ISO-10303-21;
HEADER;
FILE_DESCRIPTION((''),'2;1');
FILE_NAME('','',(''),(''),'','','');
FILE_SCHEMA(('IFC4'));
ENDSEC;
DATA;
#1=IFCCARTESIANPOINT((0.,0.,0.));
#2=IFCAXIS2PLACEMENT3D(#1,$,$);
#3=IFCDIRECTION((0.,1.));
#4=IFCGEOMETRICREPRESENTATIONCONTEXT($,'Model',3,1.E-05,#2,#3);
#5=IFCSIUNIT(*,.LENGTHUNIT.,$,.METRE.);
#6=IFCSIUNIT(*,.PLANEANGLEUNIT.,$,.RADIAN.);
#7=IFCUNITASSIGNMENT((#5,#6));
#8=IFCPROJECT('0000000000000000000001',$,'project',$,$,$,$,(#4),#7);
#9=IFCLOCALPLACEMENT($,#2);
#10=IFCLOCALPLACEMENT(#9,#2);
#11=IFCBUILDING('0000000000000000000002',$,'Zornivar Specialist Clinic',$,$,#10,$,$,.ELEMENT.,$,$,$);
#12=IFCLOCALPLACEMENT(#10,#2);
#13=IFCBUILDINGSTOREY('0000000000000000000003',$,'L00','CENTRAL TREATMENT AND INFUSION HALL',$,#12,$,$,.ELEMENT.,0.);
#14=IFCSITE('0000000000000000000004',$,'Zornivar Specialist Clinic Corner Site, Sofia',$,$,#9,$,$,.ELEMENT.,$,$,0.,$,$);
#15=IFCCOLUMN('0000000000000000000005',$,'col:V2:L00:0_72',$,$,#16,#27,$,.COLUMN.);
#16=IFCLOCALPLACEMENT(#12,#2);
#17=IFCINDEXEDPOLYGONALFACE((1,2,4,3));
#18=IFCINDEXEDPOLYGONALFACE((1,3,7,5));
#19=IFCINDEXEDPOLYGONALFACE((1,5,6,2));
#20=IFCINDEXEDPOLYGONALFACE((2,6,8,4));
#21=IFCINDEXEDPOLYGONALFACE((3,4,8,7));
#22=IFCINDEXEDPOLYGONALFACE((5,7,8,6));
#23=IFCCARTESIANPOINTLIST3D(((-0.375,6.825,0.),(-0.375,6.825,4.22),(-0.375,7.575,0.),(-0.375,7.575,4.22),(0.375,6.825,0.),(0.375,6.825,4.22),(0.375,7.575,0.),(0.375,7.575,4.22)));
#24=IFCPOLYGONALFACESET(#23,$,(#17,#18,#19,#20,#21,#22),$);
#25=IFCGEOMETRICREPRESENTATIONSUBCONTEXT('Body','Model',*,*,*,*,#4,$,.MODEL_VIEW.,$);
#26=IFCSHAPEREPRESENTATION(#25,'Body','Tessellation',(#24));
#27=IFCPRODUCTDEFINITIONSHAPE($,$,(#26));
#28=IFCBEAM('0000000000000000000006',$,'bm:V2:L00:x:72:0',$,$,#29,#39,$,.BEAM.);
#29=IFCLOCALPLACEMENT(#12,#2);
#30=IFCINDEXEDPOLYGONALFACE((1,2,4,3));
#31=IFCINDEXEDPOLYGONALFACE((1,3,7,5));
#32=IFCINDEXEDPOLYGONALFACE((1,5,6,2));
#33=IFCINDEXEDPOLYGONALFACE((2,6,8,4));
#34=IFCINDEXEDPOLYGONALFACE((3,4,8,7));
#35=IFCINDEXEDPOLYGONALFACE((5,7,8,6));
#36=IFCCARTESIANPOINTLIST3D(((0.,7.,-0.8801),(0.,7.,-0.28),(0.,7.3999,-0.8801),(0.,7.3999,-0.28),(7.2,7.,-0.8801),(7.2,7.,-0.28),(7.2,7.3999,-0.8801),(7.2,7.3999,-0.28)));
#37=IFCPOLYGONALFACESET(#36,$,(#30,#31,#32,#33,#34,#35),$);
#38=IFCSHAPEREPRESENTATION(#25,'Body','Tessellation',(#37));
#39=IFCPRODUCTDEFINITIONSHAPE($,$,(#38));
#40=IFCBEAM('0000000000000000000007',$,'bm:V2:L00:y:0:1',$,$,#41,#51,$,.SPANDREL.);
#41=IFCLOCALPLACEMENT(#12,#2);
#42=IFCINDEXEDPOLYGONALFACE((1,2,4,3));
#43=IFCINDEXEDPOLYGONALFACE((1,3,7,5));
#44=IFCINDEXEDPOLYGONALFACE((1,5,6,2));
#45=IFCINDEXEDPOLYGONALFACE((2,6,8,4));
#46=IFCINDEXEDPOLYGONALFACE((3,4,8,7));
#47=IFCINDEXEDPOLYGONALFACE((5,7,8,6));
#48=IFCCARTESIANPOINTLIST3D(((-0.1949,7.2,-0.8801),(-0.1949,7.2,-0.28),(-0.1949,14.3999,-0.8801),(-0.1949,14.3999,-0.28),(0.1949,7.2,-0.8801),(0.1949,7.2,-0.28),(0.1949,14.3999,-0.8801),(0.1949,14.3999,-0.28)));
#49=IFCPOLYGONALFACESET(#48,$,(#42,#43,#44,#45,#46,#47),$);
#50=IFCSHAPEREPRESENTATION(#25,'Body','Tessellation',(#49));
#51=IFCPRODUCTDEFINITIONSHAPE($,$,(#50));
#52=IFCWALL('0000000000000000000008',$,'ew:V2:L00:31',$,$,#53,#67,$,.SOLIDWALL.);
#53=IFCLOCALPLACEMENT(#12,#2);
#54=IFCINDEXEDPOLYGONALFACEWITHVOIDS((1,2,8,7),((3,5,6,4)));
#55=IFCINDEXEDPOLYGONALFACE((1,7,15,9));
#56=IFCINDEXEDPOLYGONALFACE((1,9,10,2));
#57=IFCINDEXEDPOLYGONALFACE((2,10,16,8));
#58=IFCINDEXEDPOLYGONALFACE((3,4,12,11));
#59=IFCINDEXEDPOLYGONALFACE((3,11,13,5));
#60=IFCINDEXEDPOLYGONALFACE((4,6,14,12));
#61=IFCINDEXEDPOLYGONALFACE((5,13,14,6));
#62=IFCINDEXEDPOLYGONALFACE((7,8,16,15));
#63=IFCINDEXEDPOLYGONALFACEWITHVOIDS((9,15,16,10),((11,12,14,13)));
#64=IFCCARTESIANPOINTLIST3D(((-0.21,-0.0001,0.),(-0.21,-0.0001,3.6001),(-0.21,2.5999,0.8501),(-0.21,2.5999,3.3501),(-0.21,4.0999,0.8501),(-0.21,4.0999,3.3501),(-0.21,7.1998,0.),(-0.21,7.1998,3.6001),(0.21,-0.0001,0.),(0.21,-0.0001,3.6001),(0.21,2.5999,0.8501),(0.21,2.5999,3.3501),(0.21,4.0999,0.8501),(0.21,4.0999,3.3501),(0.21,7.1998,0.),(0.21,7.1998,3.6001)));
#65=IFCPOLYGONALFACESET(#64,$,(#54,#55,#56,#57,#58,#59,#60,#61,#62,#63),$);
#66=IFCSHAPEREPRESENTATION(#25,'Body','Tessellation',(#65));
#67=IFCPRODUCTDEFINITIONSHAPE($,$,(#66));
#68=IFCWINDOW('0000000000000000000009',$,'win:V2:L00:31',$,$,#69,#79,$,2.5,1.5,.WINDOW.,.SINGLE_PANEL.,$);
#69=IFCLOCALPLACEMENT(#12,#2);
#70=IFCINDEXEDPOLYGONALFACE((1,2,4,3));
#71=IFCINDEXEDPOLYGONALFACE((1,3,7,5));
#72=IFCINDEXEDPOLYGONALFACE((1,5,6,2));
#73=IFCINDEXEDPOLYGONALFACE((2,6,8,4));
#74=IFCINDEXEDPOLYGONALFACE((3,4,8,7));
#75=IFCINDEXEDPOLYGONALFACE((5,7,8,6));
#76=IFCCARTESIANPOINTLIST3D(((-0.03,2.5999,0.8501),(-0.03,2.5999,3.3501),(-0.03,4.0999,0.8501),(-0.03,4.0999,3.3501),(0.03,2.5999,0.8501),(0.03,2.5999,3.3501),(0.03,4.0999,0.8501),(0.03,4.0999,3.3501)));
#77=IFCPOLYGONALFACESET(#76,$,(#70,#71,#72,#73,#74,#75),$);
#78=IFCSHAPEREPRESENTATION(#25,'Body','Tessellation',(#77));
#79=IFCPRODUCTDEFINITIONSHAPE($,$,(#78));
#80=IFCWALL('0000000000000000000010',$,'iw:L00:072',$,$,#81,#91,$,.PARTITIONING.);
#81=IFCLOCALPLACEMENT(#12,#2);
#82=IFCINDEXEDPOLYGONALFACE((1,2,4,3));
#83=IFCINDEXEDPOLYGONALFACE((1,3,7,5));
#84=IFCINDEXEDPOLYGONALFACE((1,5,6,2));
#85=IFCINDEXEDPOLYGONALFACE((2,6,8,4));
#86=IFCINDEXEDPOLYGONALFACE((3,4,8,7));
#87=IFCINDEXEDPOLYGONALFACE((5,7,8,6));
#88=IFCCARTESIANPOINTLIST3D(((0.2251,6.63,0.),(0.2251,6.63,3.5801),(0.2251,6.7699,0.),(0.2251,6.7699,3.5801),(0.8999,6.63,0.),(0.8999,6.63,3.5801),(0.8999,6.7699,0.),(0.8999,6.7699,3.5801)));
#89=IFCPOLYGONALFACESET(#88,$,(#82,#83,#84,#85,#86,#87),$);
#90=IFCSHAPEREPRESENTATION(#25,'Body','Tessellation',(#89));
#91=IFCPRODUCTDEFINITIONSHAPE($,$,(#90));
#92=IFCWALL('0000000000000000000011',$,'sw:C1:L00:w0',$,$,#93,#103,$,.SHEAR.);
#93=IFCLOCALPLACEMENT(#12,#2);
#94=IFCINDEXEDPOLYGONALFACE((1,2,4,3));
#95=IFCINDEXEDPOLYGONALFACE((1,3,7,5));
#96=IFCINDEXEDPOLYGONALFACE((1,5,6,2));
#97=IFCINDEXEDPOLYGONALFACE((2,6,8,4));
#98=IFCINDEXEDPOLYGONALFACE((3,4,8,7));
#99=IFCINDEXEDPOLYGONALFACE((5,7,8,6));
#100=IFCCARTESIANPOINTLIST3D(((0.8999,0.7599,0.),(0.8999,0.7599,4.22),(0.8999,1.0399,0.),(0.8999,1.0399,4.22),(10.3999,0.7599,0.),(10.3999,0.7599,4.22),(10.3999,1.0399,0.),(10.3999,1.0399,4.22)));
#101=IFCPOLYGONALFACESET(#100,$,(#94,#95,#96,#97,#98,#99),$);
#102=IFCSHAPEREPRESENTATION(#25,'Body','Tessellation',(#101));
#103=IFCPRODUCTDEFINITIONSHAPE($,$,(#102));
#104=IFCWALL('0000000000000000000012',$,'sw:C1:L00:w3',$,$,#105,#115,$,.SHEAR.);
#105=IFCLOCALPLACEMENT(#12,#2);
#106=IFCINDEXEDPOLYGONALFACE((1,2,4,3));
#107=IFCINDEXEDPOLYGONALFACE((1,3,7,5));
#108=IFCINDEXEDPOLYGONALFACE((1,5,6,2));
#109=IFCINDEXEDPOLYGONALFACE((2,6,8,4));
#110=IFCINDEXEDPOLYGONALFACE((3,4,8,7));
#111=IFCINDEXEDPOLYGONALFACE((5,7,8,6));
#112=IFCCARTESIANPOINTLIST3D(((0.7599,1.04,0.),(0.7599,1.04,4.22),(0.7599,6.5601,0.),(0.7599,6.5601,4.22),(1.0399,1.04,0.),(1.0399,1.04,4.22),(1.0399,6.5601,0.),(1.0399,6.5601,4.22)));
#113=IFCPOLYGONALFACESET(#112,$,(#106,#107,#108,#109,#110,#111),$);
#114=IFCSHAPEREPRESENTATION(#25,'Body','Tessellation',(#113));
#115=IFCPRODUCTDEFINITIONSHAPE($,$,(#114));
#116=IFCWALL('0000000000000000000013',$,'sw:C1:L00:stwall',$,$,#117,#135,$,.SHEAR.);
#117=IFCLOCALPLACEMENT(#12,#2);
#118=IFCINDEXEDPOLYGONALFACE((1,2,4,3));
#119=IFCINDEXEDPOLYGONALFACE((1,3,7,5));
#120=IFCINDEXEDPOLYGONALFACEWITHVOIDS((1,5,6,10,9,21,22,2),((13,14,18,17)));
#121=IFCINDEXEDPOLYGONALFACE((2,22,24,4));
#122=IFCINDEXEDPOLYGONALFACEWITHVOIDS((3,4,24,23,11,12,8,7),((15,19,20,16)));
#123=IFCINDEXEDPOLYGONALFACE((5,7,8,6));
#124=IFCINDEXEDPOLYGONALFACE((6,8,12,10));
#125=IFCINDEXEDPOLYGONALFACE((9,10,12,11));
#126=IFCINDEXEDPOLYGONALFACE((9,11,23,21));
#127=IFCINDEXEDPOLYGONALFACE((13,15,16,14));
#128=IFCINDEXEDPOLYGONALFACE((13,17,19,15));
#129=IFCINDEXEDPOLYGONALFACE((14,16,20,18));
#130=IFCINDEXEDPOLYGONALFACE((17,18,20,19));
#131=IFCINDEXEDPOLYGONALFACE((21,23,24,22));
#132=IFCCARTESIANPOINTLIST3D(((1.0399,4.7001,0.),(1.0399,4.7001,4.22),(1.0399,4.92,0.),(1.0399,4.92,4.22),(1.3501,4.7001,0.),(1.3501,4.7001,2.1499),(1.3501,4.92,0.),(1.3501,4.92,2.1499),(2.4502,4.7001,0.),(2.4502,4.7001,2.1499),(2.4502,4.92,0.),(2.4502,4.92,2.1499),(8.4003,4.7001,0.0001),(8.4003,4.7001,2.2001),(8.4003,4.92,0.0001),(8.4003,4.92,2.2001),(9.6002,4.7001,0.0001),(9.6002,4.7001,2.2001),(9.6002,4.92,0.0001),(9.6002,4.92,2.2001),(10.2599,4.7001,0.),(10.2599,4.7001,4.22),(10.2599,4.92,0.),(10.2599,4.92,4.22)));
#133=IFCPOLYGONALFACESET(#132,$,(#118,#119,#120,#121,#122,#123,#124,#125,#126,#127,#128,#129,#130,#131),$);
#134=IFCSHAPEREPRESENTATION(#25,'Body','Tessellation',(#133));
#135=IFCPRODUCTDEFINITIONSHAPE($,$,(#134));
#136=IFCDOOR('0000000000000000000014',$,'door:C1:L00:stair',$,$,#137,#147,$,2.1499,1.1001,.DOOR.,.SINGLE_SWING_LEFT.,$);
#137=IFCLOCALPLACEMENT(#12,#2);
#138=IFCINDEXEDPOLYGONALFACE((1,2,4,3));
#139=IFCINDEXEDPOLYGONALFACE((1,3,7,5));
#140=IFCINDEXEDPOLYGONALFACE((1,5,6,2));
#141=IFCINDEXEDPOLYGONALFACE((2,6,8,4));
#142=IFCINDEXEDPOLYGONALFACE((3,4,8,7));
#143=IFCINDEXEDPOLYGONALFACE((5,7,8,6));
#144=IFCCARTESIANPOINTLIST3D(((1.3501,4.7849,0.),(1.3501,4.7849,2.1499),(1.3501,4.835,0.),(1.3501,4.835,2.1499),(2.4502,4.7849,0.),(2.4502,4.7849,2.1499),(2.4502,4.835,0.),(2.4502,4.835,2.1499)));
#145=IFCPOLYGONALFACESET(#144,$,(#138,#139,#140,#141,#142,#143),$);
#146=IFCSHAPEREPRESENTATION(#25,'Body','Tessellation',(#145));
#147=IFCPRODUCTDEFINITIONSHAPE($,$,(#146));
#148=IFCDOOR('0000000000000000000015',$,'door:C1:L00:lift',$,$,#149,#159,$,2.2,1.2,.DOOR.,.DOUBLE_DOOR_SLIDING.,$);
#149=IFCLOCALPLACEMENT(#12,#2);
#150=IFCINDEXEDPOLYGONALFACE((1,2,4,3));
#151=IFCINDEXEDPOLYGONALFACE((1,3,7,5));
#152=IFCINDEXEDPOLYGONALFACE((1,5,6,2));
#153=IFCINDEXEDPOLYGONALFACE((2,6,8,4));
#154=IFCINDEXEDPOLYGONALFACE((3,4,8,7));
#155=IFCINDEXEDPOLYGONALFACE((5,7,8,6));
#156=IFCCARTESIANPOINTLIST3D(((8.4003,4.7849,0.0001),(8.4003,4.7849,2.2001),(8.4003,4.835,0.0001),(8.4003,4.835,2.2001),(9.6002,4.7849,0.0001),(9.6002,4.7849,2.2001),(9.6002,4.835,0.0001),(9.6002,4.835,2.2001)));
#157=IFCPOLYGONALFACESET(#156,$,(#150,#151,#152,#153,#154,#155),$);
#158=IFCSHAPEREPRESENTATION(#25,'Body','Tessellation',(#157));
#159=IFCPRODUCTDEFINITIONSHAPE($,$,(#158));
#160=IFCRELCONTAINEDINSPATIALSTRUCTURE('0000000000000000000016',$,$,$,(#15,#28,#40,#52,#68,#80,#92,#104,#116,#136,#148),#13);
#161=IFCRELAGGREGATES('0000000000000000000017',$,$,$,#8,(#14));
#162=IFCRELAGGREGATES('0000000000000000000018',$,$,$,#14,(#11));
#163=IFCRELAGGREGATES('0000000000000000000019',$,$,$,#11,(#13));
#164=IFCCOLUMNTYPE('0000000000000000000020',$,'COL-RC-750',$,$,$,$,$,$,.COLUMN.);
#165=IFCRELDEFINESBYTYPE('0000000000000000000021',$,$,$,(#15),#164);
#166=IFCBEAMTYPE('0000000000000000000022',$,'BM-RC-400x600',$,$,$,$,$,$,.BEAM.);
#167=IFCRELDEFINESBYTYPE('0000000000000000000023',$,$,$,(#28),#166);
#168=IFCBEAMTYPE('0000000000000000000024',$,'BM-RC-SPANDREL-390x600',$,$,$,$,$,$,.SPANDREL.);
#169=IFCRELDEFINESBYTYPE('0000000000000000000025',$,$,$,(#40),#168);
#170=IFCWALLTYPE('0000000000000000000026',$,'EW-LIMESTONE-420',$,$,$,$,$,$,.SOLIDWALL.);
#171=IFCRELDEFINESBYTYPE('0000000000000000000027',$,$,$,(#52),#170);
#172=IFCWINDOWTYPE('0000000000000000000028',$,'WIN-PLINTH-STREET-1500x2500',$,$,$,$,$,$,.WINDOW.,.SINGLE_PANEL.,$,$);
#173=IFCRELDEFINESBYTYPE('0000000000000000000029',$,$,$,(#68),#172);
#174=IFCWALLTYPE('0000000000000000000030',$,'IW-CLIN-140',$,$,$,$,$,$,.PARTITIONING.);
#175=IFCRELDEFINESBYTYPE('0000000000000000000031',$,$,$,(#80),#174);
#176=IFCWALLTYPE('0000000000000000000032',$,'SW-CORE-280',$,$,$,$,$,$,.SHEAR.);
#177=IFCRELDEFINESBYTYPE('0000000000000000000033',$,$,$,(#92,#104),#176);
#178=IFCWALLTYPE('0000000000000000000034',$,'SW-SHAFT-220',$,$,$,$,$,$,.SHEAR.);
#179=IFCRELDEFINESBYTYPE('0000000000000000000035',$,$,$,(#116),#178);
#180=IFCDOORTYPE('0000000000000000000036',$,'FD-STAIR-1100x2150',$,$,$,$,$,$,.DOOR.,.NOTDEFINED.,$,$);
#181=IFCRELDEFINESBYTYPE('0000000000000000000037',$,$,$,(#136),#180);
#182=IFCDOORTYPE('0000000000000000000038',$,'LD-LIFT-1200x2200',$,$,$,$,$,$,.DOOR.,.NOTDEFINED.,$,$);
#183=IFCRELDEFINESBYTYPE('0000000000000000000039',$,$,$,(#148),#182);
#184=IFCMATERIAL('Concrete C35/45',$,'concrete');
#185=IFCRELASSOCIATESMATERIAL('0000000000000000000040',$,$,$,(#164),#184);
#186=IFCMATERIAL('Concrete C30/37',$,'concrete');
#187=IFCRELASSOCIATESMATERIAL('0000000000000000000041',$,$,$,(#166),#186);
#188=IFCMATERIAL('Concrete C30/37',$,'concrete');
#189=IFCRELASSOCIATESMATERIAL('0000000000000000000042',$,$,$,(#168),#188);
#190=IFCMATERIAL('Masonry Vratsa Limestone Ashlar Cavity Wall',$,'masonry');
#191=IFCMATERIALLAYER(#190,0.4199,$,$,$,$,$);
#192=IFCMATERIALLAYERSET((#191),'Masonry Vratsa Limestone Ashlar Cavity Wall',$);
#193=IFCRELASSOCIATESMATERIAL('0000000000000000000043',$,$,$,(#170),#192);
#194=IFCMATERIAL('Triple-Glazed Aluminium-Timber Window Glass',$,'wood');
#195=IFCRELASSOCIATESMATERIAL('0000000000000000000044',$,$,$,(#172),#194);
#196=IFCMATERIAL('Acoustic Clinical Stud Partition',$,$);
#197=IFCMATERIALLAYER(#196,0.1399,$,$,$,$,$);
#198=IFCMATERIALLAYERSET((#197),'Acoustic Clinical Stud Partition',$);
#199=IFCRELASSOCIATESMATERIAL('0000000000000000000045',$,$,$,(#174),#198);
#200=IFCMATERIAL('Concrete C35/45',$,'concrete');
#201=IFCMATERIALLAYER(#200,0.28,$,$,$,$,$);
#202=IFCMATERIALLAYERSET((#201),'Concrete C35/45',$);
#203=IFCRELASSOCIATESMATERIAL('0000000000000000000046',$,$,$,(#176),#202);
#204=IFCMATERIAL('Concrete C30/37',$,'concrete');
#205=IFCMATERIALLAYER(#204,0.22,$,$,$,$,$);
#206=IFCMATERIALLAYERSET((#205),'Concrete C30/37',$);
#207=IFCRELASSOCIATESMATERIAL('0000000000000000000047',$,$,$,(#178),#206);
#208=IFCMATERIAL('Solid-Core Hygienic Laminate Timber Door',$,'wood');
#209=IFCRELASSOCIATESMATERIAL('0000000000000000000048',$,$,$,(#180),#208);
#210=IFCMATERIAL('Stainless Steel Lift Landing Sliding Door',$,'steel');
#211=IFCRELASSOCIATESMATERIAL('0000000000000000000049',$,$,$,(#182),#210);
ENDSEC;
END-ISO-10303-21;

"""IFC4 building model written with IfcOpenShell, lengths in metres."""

from ifc_helpers import new_model, si_unit, direction, frame, frame_2d, origin, origin_2d, place, context, subcontext, project, spatial, rectangle, extrude, material, layer, layer_set, material_profile, profile_set, type_object, element, fill, save


model = new_model("IFC4")

# Units and contexts
model_context = context("Model", 3, precision=1e-05, world=origin(), true_north=direction((0.0, 1.0)))
body_context = subcontext(model_context, "Body", "Model", "MODEL_VIEW")
ifc_project = project(units=[si_unit("LENGTHUNIT", "METRE"), si_unit("PLANEANGLEUNIT", "RADIAN")], contexts=[model_context])

# Site, building, storey
site_placement = place(None, origin())
site = spatial("IfcSite", under=ifc_project, at=site_placement, Name="Zornivar Specialist Clinic Corner Site, Sofia", CompositionType="ELEMENT", RefElevation=0.0)
building_placement = place(site_placement, origin())
building = spatial("IfcBuilding", under=site, at=building_placement, Name="Zornivar Specialist Clinic", CompositionType="ELEMENT")
storey_placement = place(building_placement, origin())
storey = spatial("IfcBuildingStorey", under=building, at=storey_placement, Name="L00", Description="CENTRAL TREATMENT AND INFUSION HALL", CompositionType="ELEMENT", Elevation=0.0)

# Column
ifc_material_1 = material(Name="Concrete C35/45", Category="concrete")
ifc_material_profile_1 = material_profile(ifc_material_1, rectangle(XDim=0.75, YDim=0.75, at=origin_2d()), Name="RC 750x750")
ifc_profile_set_1 = profile_set([ifc_material_profile_1], Name="Concrete C35/45")
column_type = type_object("IfcColumnType", Name="COL-RC-750", PredefinedType="COLUMN", material=ifc_profile_set_1)
column_placement = place(storey_placement, frame((0.0, 7.2, 0.0), z_axis=(0.0, 0.0, 1.0), x_axis=(1.0, 0.0, 0.0)))
element("IfcColumn", 1, at=column_placement, inside=storey, type_object=column_type, Name="col:V2:L00:0_72", PredefinedType="COLUMN", context=body_context, shape_type="SweptSolid", body=[
    extrude(rectangle(XDim=0.75, YDim=0.75, at=origin_2d()), origin(), (0.0, 0.0, 1.0), 4.22),
])

# Beams
ifc_material_2 = material(Name="Concrete C30/37", Category="concrete")
ifc_material_profile_2 = material_profile(ifc_material_2, rectangle(XDim=0.3999, YDim=0.6001, at=origin_2d()), Name="RC 400x600")
ifc_profile_set_2 = profile_set([ifc_material_profile_2], Name="Concrete C30/37")
beam_type_1 = type_object("IfcBeamType", Name="BM-RC-400x600", PredefinedType="BEAM", material=ifc_profile_set_2)
beam_1_placement = place(storey_placement, frame((0.0, 7.2, -0.5801), z_axis=(1.0, 0.0, 0.0), x_axis=(0.0, 1.0, 0.0)))
element("IfcBeam", 2, at=beam_1_placement, inside=storey, type_object=beam_type_1, Name="bm:V2:L00:x:72:0", PredefinedType="BEAM", context=body_context, shape_type="SweptSolid", body=[
    extrude(rectangle(XDim=0.3999, YDim=0.6001, at=origin_2d()), origin(), (0.0, 0.0, 1.0), 7.2),
])
ifc_material_3 = material(Name="Concrete C30/37", Category="concrete")
ifc_material_profile_3 = material_profile(ifc_material_3, rectangle(XDim=0.3899, YDim=0.6001, at=origin_2d()), Name="RC 390x600")
ifc_profile_set_3 = profile_set([ifc_material_profile_3], Name="Concrete C30/37")
beam_type_2 = type_object("IfcBeamType", Name="BM-RC-SPANDREL-390x600", PredefinedType="SPANDREL", material=ifc_profile_set_3)
beam_2_placement = place(storey_placement, frame((0.0, 7.2, -0.5801), z_axis=(0.0, 1.0, 0.0), x_axis=(-1.0, 0.0, 0.0)))
element("IfcBeam", 3, at=beam_2_placement, inside=storey, type_object=beam_type_2, Name="bm:V2:L00:y:0:1", PredefinedType="SPANDREL", context=body_context, shape_type="SweptSolid", body=[
    extrude(rectangle(XDim=0.3899, YDim=0.6001, at=origin_2d()), origin(), (0.0, 0.0, 1.0), 7.2),
])

# Wall, opening, window
ifc_material_4 = material(Name="Masonry Vratsa Limestone Ashlar Cavity Wall", Category="masonry")
ifc_layer_1 = layer(ifc_material_4, 0.4199)
ifc_layer_set_1 = layer_set([ifc_layer_1], Name="Masonry Vratsa Limestone Ashlar Cavity Wall")
wall_type_1 = type_object("IfcWallType", Name="EW-LIMESTONE-420", PredefinedType="SOLIDWALL", material=ifc_layer_set_1)
wall_1_placement = place(storey_placement, frame((0.0, 7.2, 0.0), z_axis=(0.0, 0.0, 1.0), x_axis=(0.0, -1.0, 0.0)))
wall_1 = element("IfcWall", 4, at=wall_1_placement, inside=storey, type_object=wall_type_1, Name="ew:V2:L00:31", PredefinedType="SOLIDWALL", context=body_context, shape_type="SweptSolid", body=[
    extrude(rectangle(XDim=7.2, YDim=0.4199, at=frame_2d((3.6001, 0.0))), origin(), (0.0, 0.0, 1.0), 3.6001),
])
opening_1_placement = place(wall_1_placement, frame((3.1001, 0.0, 0.8501)))
opening_1 = element("IfcOpeningElement", 5, at=opening_1_placement, cuts=wall_1, PredefinedType="OPENING", context=body_context, shape_type="SweptSolid", body=[
    extrude(rectangle(XDim=1.5, YDim=2.5, at=frame_2d((0.75, 1.25))), frame((0.0, 0.22, 0.0), z_axis=(0.0, -1.0, 0.0), x_axis=(1.0, 0.0, 0.0)), (0.0, 0.0, 1.0), 0.4399),
])
ifc_material_5 = material(Name="Triple-Glazed Aluminium-Timber Window Glass", Category="wood")
window_type = type_object("IfcWindowType", Name="WIN-PLINTH-STREET-1500x2500", PartitioningType="SINGLE_PANEL", PredefinedType="WINDOW", material=ifc_material_5)
window_placement = place(opening_1_placement, origin())
window = element("IfcWindow", 6, at=window_placement, inside=storey, type_object=window_type, Name="win:V2:L00:31", OverallHeight=2.5, OverallWidth=1.5, PartitioningType="SINGLE_PANEL", PredefinedType="WINDOW", context=body_context, shape_type="SweptSolid", body=[
    extrude(rectangle(XDim=1.5, YDim=2.5, at=frame_2d((0.75, 1.25))), frame((0.0, 0.03, 0.0), z_axis=(0.0, -1.0, 0.0), x_axis=(1.0, 0.0, 0.0)), (0.0, 0.0, 1.0), 0.0601),
])
fill(opening_1, window)

# Walls
ifc_material_6 = material(Name="Acoustic Clinical Stud Partition")
ifc_layer_2 = layer(ifc_material_6, 0.1399)
ifc_layer_set_2 = layer_set([ifc_layer_2], Name="Acoustic Clinical Stud Partition")
wall_type_2 = type_object("IfcWallType", Name="IW-CLIN-140", PredefinedType="PARTITIONING", material=ifc_layer_set_2)
wall_2_placement = place(storey_placement, frame((0.8999, 6.7, 0.0), z_axis=(0.0, 0.0, 1.0), x_axis=(-1.0, 0.0, 0.0)))
element("IfcWall", 7, at=wall_2_placement, inside=storey, type_object=wall_type_2, Name="iw:L00:072", PredefinedType="PARTITIONING", context=body_context, shape_type="SweptSolid", body=[
    extrude(rectangle(XDim=0.6748, YDim=0.1399, at=frame_2d((0.3374, 0.0))), origin(), (0.0, 0.0, 1.0), 3.5801),
])
ifc_material_7 = material(Name="Concrete C35/45", Category="concrete")
ifc_layer_3 = layer(ifc_material_7, 0.28)
ifc_layer_set_3 = layer_set([ifc_layer_3], Name="Concrete C35/45")
wall_type_3 = type_object("IfcWallType", Name="SW-CORE-280", PredefinedType="SHEAR", material=ifc_layer_set_3)
wall_3_placement = place(storey_placement, frame((0.8999, 0.8999, 0.0), z_axis=(0.0, 0.0, 1.0), x_axis=(1.0, 0.0, 0.0)))
element("IfcWall", 8, at=wall_3_placement, inside=storey, type_object=wall_type_3, Name="sw:C1:L00:w0", PredefinedType="SHEAR", context=body_context, shape_type="SweptSolid", body=[
    extrude(rectangle(XDim=9.5, YDim=0.28, at=frame_2d((4.75, 0.0))), origin(), (0.0, 0.0, 1.0), 4.22),
])
wall_4_placement = place(storey_placement, frame((0.8999, 6.5601, 0.0), z_axis=(0.0, 0.0, 1.0), x_axis=(0.0, -1.0, 0.0)))
element("IfcWall", 9, at=wall_4_placement, inside=storey, type_object=wall_type_3, Name="sw:C1:L00:w3", PredefinedType="SHEAR", context=body_context, shape_type="SweptSolid", body=[
    extrude(rectangle(XDim=5.52, YDim=0.28, at=frame_2d((2.76, 0.0))), origin(), (0.0, 0.0, 1.0), 4.22),
])

# Wall, openings, doors
ifc_material_8 = material(Name="Concrete C30/37", Category="concrete")
ifc_layer_4 = layer(ifc_material_8, 0.22)
ifc_layer_set_4 = layer_set([ifc_layer_4], Name="Concrete C30/37")
wall_type_4 = type_object("IfcWallType", Name="SW-SHAFT-220", PredefinedType="SHEAR", material=ifc_layer_set_4)
wall_5_placement = place(storey_placement, frame((1.04, 4.8101, 0.0), z_axis=(0.0, 0.0, 1.0), x_axis=(1.0, 0.0, 0.0)))
wall_5 = element("IfcWall", 10, at=wall_5_placement, inside=storey, type_object=wall_type_4, Name="sw:C1:L00:stwall", PredefinedType="SHEAR", context=body_context, shape_type="SweptSolid", body=[
    extrude(rectangle(XDim=9.22, YDim=0.22, at=frame_2d((4.6099, 0.0))), origin(), (0.0, 0.0, 1.0), 4.22),
])
opening_2_placement = place(wall_5_placement, frame((0.3101, 0.0, 0.0)))
opening_2 = element("IfcOpeningElement", 11, at=opening_2_placement, cuts=wall_5, PredefinedType="OPENING", context=body_context, shape_type="SweptSolid", body=[
    extrude(rectangle(XDim=1.1001, YDim=2.1499, at=frame_2d((0.55, 1.075))), frame((0.0, 0.1199, 0.0), z_axis=(0.0, -1.0, 0.0), x_axis=(1.0, 0.0, 0.0)), (0.0, 0.0, 1.0), 0.24),
])
opening_3_placement = place(wall_5_placement, frame((7.3601, 0.0, 0.0)))
opening_3 = element("IfcOpeningElement", 12, at=opening_3_placement, cuts=wall_5, PredefinedType="OPENING", context=body_context, shape_type="SweptSolid", body=[
    extrude(rectangle(XDim=1.2, YDim=2.2, at=frame_2d((0.6001, 1.1001))), frame((0.0, 0.1199, 0.0), z_axis=(0.0, -1.0, 0.0), x_axis=(1.0, 0.0, 0.0)), (0.0, 0.0, 1.0), 0.24),
])
ifc_material_9 = material(Name="Solid-Core Hygienic Laminate Timber Door", Category="wood")
door_type_1 = type_object("IfcDoorType", Name="FD-STAIR-1100x2150", OperationType="NOTDEFINED", PredefinedType="DOOR", material=ifc_material_9)
door_1_placement = place(opening_2_placement, origin())
door_1 = element("IfcDoor", 13, at=door_1_placement, inside=storey, type_object=door_type_1, Name="door:C1:L00:stair", OperationType="SINGLE_SWING_LEFT", OverallHeight=2.1499, OverallWidth=1.1001, PredefinedType="DOOR", context=body_context, shape_type="SweptSolid", body=[
    extrude(rectangle(XDim=1.1001, YDim=2.1499, at=frame_2d((0.55, 1.075))), frame((0.0, 0.0249, 0.0), z_axis=(0.0, -1.0, 0.0), x_axis=(1.0, 0.0, 0.0)), (0.0, 0.0, 1.0), 0.05),
])
fill(opening_2, door_1)
ifc_material_10 = material(Name="Stainless Steel Lift Landing Sliding Door", Category="steel")
door_type_2 = type_object("IfcDoorType", Name="LD-LIFT-1200x2200", OperationType="NOTDEFINED", PredefinedType="DOOR", material=ifc_material_10)
door_2_placement = place(opening_3_placement, origin())
door_2 = element("IfcDoor", 14, at=door_2_placement, inside=storey, type_object=door_type_2, Name="door:C1:L00:lift", OperationType="DOUBLE_DOOR_SLIDING", OverallHeight=2.2, OverallWidth=1.2, PredefinedType="DOOR", context=body_context, shape_type="SweptSolid", body=[
    extrude(rectangle(XDim=1.2, YDim=2.2, at=frame_2d((0.6001, 1.1001))), frame((0.0, 0.0249, 0.0), z_axis=(0.0, -1.0, 0.0), x_axis=(1.0, 0.0, 0.0)), (0.0, 0.0, 1.0), 0.05),
])
fill(opening_3, door_2)

save(model, "model.ifc")
